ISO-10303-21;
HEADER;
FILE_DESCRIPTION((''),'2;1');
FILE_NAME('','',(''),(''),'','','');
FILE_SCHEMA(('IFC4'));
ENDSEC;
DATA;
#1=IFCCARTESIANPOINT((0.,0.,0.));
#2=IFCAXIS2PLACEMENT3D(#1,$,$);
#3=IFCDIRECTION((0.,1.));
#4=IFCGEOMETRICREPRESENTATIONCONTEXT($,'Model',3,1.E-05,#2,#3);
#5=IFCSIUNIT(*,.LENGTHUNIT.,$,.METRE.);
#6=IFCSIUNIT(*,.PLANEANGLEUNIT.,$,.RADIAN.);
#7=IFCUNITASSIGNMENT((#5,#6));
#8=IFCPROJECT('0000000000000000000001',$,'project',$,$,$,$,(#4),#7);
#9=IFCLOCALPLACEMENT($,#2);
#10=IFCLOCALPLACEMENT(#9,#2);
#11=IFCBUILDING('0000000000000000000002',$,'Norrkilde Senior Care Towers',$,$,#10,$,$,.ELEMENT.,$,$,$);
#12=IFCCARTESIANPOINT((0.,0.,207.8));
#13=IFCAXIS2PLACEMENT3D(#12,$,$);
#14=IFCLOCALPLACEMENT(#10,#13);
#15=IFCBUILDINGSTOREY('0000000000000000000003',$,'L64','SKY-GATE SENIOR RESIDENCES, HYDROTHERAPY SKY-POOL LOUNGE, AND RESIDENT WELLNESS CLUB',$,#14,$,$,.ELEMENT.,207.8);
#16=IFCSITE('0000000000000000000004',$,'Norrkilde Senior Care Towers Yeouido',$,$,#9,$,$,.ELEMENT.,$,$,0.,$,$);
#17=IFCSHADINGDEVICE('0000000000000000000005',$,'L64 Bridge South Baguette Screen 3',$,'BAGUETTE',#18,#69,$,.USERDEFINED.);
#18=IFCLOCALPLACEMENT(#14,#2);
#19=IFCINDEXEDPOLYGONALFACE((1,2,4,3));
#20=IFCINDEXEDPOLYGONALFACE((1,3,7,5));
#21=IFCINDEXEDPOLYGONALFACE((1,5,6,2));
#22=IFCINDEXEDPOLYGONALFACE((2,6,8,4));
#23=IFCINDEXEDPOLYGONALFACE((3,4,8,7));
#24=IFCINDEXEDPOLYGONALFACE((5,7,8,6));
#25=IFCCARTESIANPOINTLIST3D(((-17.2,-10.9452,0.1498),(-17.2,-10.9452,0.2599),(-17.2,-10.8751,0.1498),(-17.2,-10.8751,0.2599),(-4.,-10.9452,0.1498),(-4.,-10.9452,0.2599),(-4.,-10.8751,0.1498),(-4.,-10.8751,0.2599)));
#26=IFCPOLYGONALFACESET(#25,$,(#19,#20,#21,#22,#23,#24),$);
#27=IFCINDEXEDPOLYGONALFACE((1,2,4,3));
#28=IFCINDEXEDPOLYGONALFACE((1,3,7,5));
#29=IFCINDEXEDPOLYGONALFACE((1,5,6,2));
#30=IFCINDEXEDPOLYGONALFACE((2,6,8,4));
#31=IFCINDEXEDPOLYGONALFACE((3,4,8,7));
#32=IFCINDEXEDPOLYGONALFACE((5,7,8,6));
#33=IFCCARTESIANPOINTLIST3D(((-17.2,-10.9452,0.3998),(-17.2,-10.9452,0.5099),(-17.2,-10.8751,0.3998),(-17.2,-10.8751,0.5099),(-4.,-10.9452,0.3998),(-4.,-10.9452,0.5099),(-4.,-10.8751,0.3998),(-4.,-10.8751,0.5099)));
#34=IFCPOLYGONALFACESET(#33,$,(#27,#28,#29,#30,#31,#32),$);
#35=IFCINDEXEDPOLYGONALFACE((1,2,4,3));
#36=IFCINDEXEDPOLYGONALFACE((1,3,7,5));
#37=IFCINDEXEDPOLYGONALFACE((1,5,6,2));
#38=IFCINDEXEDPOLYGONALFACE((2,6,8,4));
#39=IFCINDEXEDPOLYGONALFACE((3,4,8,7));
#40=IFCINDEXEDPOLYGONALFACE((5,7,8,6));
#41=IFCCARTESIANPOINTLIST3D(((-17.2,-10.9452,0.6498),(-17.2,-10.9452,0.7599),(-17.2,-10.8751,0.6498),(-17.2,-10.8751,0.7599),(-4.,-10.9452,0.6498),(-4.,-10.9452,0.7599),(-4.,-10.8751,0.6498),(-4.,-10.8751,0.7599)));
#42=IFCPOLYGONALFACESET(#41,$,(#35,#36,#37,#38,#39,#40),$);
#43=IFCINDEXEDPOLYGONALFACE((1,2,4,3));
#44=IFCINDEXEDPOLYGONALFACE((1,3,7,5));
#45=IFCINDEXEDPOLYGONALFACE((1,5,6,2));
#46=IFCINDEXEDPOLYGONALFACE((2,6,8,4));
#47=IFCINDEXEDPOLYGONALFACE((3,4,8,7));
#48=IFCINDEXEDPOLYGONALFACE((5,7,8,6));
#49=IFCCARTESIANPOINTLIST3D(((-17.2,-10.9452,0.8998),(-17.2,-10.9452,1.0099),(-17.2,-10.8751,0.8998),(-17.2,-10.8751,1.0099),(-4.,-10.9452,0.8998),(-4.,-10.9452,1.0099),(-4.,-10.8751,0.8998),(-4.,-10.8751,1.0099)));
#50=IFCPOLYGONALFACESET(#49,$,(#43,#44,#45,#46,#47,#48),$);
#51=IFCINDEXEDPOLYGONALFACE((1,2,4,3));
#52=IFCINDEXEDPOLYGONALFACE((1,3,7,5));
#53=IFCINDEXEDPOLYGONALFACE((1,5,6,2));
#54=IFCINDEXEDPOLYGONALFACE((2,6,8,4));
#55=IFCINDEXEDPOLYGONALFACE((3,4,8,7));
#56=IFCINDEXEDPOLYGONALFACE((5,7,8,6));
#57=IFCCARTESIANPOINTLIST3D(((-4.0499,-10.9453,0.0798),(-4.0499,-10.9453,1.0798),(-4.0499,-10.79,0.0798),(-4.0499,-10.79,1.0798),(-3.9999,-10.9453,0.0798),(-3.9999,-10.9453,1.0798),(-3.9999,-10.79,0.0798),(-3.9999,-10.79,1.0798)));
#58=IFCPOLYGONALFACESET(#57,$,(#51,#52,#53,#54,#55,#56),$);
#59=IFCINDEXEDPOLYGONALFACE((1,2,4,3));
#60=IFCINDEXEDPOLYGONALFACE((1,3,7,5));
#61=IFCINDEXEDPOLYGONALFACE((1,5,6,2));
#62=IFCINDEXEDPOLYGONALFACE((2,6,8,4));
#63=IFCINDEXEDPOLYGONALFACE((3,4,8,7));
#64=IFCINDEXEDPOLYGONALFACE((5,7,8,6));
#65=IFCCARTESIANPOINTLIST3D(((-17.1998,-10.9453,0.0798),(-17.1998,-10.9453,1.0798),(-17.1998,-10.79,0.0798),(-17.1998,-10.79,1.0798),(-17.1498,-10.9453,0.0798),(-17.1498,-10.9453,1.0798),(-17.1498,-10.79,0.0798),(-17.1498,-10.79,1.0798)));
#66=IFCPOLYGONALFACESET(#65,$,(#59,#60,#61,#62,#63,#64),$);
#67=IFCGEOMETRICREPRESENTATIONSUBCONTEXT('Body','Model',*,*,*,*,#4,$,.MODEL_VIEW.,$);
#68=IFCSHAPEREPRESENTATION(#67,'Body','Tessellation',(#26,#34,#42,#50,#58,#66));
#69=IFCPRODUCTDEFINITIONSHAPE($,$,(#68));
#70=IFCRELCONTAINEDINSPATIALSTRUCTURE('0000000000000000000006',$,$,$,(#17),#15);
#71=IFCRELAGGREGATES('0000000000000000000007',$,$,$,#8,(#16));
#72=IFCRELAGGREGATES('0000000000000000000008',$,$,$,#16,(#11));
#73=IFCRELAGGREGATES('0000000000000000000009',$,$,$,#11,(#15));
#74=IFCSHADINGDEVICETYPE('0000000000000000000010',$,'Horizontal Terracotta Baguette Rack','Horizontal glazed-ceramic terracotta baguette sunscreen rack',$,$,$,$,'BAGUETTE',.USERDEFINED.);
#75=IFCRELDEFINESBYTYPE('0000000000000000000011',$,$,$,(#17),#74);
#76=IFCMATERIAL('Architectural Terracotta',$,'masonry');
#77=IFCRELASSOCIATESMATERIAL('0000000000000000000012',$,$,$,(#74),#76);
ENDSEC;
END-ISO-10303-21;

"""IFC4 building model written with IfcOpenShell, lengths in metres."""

from ifc_helpers import new_model, si_unit, direction, frame, origin, origin_2d, place, context, subcontext, project, spatial, rectangle, extrude, source, transform, mapped, material, type_object, type_shapes, element, save


model = new_model("IFC4")

# Units and contexts
model_context = context("Model", 3, precision=1e-05, world=origin(), true_north=direction((0.0, 1.0)))
body_context = subcontext(model_context, "Body", "Model", "MODEL_VIEW")
ifc_project = project(units=[si_unit("LENGTHUNIT", "METRE"), si_unit("PLANEANGLEUNIT", "RADIAN")], contexts=[model_context])

# Site, building, storey
site_placement = place(None, origin())
site = spatial("IfcSite", under=ifc_project, at=site_placement, Name="Norrkilde Senior Care Towers Yeouido", CompositionType="ELEMENT", RefElevation=0.0)
building_placement = place(site_placement, origin())
building = spatial("IfcBuilding", under=site, at=building_placement, Name="Norrkilde Senior Care Towers", CompositionType="ELEMENT")
storey_placement = place(building_placement, frame((0.0, 0.0, 207.8)))
storey = spatial("IfcBuildingStorey", under=building, at=storey_placement, Name="L64", Description="SKY-GATE SENIOR RESIDENCES, HYDROTHERAPY SKY-POOL LOUNGE, AND RESIDENT WELLNESS CLUB", CompositionType="ELEMENT", Elevation=207.8)

# Shading device
ifc_material_1 = material(Name="Architectural Terracotta", Category="masonry")
shading_device_type = type_object("IfcShadingDeviceType", Name="Horizontal Terracotta Baguette Rack", Description="Horizontal glazed-ceramic terracotta baguette sunscreen rack", ElementType="BAGUETTE", PredefinedType="USERDEFINED", material=ifc_material_1)
shared_shape_1 = source(origin(), body_context, "Body", "SweptSolid", [
    extrude(rectangle(XDim=0.0701, YDim=0.1101, at=origin_2d()), frame((0.0, 0.0901, 0.125), z_axis=(1.0, 0.0, 0.0), x_axis=(0.0, 1.0, 0.0)), (0.0, 0.0, 1.0), 13.2),
    extrude(rectangle(XDim=0.0701, YDim=0.1101, at=origin_2d()), frame((0.0, 0.0901, 0.375), z_axis=(1.0, 0.0, 0.0), x_axis=(0.0, 1.0, 0.0)), (0.0, 0.0, 1.0), 13.2),
    extrude(rectangle(XDim=0.0701, YDim=0.1101, at=origin_2d()), frame((0.0, 0.0901, 0.625), z_axis=(1.0, 0.0, 0.0), x_axis=(0.0, 1.0, 0.0)), (0.0, 0.0, 1.0), 13.2),
    extrude(rectangle(XDim=0.0701, YDim=0.1101, at=origin_2d()), frame((0.0, 0.0901, 0.875), z_axis=(1.0, 0.0, 0.0), x_axis=(0.0, 1.0, 0.0)), (0.0, 0.0, 1.0), 13.2),
    extrude(rectangle(XDim=0.05, YDim=0.1553, at=origin_2d()), frame((0.0249, 0.0476, 0.0)), (0.0, 0.0, 1.0), 1.0),
    extrude(rectangle(XDim=0.05, YDim=0.1553, at=origin_2d()), frame((13.1748, 0.0476, 0.0)), (0.0, 0.0, 1.0), 1.0),
])
type_shapes(shading_device_type, [shared_shape_1])
shading_device_placement = place(storey_placement, frame((-4.0, -10.8201, 0.0798), z_axis=(0.0, 0.0, 1.0), x_axis=(-1.0, 0.0, 0.0)))
element("IfcShadingDevice", 1, at=shading_device_placement, inside=storey, type_object=shading_device_type, Name="L64 Bridge South Baguette Screen 3", ObjectType="BAGUETTE", PredefinedType="USERDEFINED", context=body_context, shape_type="MappedRepresentation", body=[
    mapped(shared_shape_1, transform((0.0, 0.0, 0.0), x_axis=(1.0, 0.0, 0.0), y_axis=(0.0, 1.0, 0.0), z_axis=(0.0, 0.0, 1.0), scale=1.0)),
])

save(model, "model.ifc")
